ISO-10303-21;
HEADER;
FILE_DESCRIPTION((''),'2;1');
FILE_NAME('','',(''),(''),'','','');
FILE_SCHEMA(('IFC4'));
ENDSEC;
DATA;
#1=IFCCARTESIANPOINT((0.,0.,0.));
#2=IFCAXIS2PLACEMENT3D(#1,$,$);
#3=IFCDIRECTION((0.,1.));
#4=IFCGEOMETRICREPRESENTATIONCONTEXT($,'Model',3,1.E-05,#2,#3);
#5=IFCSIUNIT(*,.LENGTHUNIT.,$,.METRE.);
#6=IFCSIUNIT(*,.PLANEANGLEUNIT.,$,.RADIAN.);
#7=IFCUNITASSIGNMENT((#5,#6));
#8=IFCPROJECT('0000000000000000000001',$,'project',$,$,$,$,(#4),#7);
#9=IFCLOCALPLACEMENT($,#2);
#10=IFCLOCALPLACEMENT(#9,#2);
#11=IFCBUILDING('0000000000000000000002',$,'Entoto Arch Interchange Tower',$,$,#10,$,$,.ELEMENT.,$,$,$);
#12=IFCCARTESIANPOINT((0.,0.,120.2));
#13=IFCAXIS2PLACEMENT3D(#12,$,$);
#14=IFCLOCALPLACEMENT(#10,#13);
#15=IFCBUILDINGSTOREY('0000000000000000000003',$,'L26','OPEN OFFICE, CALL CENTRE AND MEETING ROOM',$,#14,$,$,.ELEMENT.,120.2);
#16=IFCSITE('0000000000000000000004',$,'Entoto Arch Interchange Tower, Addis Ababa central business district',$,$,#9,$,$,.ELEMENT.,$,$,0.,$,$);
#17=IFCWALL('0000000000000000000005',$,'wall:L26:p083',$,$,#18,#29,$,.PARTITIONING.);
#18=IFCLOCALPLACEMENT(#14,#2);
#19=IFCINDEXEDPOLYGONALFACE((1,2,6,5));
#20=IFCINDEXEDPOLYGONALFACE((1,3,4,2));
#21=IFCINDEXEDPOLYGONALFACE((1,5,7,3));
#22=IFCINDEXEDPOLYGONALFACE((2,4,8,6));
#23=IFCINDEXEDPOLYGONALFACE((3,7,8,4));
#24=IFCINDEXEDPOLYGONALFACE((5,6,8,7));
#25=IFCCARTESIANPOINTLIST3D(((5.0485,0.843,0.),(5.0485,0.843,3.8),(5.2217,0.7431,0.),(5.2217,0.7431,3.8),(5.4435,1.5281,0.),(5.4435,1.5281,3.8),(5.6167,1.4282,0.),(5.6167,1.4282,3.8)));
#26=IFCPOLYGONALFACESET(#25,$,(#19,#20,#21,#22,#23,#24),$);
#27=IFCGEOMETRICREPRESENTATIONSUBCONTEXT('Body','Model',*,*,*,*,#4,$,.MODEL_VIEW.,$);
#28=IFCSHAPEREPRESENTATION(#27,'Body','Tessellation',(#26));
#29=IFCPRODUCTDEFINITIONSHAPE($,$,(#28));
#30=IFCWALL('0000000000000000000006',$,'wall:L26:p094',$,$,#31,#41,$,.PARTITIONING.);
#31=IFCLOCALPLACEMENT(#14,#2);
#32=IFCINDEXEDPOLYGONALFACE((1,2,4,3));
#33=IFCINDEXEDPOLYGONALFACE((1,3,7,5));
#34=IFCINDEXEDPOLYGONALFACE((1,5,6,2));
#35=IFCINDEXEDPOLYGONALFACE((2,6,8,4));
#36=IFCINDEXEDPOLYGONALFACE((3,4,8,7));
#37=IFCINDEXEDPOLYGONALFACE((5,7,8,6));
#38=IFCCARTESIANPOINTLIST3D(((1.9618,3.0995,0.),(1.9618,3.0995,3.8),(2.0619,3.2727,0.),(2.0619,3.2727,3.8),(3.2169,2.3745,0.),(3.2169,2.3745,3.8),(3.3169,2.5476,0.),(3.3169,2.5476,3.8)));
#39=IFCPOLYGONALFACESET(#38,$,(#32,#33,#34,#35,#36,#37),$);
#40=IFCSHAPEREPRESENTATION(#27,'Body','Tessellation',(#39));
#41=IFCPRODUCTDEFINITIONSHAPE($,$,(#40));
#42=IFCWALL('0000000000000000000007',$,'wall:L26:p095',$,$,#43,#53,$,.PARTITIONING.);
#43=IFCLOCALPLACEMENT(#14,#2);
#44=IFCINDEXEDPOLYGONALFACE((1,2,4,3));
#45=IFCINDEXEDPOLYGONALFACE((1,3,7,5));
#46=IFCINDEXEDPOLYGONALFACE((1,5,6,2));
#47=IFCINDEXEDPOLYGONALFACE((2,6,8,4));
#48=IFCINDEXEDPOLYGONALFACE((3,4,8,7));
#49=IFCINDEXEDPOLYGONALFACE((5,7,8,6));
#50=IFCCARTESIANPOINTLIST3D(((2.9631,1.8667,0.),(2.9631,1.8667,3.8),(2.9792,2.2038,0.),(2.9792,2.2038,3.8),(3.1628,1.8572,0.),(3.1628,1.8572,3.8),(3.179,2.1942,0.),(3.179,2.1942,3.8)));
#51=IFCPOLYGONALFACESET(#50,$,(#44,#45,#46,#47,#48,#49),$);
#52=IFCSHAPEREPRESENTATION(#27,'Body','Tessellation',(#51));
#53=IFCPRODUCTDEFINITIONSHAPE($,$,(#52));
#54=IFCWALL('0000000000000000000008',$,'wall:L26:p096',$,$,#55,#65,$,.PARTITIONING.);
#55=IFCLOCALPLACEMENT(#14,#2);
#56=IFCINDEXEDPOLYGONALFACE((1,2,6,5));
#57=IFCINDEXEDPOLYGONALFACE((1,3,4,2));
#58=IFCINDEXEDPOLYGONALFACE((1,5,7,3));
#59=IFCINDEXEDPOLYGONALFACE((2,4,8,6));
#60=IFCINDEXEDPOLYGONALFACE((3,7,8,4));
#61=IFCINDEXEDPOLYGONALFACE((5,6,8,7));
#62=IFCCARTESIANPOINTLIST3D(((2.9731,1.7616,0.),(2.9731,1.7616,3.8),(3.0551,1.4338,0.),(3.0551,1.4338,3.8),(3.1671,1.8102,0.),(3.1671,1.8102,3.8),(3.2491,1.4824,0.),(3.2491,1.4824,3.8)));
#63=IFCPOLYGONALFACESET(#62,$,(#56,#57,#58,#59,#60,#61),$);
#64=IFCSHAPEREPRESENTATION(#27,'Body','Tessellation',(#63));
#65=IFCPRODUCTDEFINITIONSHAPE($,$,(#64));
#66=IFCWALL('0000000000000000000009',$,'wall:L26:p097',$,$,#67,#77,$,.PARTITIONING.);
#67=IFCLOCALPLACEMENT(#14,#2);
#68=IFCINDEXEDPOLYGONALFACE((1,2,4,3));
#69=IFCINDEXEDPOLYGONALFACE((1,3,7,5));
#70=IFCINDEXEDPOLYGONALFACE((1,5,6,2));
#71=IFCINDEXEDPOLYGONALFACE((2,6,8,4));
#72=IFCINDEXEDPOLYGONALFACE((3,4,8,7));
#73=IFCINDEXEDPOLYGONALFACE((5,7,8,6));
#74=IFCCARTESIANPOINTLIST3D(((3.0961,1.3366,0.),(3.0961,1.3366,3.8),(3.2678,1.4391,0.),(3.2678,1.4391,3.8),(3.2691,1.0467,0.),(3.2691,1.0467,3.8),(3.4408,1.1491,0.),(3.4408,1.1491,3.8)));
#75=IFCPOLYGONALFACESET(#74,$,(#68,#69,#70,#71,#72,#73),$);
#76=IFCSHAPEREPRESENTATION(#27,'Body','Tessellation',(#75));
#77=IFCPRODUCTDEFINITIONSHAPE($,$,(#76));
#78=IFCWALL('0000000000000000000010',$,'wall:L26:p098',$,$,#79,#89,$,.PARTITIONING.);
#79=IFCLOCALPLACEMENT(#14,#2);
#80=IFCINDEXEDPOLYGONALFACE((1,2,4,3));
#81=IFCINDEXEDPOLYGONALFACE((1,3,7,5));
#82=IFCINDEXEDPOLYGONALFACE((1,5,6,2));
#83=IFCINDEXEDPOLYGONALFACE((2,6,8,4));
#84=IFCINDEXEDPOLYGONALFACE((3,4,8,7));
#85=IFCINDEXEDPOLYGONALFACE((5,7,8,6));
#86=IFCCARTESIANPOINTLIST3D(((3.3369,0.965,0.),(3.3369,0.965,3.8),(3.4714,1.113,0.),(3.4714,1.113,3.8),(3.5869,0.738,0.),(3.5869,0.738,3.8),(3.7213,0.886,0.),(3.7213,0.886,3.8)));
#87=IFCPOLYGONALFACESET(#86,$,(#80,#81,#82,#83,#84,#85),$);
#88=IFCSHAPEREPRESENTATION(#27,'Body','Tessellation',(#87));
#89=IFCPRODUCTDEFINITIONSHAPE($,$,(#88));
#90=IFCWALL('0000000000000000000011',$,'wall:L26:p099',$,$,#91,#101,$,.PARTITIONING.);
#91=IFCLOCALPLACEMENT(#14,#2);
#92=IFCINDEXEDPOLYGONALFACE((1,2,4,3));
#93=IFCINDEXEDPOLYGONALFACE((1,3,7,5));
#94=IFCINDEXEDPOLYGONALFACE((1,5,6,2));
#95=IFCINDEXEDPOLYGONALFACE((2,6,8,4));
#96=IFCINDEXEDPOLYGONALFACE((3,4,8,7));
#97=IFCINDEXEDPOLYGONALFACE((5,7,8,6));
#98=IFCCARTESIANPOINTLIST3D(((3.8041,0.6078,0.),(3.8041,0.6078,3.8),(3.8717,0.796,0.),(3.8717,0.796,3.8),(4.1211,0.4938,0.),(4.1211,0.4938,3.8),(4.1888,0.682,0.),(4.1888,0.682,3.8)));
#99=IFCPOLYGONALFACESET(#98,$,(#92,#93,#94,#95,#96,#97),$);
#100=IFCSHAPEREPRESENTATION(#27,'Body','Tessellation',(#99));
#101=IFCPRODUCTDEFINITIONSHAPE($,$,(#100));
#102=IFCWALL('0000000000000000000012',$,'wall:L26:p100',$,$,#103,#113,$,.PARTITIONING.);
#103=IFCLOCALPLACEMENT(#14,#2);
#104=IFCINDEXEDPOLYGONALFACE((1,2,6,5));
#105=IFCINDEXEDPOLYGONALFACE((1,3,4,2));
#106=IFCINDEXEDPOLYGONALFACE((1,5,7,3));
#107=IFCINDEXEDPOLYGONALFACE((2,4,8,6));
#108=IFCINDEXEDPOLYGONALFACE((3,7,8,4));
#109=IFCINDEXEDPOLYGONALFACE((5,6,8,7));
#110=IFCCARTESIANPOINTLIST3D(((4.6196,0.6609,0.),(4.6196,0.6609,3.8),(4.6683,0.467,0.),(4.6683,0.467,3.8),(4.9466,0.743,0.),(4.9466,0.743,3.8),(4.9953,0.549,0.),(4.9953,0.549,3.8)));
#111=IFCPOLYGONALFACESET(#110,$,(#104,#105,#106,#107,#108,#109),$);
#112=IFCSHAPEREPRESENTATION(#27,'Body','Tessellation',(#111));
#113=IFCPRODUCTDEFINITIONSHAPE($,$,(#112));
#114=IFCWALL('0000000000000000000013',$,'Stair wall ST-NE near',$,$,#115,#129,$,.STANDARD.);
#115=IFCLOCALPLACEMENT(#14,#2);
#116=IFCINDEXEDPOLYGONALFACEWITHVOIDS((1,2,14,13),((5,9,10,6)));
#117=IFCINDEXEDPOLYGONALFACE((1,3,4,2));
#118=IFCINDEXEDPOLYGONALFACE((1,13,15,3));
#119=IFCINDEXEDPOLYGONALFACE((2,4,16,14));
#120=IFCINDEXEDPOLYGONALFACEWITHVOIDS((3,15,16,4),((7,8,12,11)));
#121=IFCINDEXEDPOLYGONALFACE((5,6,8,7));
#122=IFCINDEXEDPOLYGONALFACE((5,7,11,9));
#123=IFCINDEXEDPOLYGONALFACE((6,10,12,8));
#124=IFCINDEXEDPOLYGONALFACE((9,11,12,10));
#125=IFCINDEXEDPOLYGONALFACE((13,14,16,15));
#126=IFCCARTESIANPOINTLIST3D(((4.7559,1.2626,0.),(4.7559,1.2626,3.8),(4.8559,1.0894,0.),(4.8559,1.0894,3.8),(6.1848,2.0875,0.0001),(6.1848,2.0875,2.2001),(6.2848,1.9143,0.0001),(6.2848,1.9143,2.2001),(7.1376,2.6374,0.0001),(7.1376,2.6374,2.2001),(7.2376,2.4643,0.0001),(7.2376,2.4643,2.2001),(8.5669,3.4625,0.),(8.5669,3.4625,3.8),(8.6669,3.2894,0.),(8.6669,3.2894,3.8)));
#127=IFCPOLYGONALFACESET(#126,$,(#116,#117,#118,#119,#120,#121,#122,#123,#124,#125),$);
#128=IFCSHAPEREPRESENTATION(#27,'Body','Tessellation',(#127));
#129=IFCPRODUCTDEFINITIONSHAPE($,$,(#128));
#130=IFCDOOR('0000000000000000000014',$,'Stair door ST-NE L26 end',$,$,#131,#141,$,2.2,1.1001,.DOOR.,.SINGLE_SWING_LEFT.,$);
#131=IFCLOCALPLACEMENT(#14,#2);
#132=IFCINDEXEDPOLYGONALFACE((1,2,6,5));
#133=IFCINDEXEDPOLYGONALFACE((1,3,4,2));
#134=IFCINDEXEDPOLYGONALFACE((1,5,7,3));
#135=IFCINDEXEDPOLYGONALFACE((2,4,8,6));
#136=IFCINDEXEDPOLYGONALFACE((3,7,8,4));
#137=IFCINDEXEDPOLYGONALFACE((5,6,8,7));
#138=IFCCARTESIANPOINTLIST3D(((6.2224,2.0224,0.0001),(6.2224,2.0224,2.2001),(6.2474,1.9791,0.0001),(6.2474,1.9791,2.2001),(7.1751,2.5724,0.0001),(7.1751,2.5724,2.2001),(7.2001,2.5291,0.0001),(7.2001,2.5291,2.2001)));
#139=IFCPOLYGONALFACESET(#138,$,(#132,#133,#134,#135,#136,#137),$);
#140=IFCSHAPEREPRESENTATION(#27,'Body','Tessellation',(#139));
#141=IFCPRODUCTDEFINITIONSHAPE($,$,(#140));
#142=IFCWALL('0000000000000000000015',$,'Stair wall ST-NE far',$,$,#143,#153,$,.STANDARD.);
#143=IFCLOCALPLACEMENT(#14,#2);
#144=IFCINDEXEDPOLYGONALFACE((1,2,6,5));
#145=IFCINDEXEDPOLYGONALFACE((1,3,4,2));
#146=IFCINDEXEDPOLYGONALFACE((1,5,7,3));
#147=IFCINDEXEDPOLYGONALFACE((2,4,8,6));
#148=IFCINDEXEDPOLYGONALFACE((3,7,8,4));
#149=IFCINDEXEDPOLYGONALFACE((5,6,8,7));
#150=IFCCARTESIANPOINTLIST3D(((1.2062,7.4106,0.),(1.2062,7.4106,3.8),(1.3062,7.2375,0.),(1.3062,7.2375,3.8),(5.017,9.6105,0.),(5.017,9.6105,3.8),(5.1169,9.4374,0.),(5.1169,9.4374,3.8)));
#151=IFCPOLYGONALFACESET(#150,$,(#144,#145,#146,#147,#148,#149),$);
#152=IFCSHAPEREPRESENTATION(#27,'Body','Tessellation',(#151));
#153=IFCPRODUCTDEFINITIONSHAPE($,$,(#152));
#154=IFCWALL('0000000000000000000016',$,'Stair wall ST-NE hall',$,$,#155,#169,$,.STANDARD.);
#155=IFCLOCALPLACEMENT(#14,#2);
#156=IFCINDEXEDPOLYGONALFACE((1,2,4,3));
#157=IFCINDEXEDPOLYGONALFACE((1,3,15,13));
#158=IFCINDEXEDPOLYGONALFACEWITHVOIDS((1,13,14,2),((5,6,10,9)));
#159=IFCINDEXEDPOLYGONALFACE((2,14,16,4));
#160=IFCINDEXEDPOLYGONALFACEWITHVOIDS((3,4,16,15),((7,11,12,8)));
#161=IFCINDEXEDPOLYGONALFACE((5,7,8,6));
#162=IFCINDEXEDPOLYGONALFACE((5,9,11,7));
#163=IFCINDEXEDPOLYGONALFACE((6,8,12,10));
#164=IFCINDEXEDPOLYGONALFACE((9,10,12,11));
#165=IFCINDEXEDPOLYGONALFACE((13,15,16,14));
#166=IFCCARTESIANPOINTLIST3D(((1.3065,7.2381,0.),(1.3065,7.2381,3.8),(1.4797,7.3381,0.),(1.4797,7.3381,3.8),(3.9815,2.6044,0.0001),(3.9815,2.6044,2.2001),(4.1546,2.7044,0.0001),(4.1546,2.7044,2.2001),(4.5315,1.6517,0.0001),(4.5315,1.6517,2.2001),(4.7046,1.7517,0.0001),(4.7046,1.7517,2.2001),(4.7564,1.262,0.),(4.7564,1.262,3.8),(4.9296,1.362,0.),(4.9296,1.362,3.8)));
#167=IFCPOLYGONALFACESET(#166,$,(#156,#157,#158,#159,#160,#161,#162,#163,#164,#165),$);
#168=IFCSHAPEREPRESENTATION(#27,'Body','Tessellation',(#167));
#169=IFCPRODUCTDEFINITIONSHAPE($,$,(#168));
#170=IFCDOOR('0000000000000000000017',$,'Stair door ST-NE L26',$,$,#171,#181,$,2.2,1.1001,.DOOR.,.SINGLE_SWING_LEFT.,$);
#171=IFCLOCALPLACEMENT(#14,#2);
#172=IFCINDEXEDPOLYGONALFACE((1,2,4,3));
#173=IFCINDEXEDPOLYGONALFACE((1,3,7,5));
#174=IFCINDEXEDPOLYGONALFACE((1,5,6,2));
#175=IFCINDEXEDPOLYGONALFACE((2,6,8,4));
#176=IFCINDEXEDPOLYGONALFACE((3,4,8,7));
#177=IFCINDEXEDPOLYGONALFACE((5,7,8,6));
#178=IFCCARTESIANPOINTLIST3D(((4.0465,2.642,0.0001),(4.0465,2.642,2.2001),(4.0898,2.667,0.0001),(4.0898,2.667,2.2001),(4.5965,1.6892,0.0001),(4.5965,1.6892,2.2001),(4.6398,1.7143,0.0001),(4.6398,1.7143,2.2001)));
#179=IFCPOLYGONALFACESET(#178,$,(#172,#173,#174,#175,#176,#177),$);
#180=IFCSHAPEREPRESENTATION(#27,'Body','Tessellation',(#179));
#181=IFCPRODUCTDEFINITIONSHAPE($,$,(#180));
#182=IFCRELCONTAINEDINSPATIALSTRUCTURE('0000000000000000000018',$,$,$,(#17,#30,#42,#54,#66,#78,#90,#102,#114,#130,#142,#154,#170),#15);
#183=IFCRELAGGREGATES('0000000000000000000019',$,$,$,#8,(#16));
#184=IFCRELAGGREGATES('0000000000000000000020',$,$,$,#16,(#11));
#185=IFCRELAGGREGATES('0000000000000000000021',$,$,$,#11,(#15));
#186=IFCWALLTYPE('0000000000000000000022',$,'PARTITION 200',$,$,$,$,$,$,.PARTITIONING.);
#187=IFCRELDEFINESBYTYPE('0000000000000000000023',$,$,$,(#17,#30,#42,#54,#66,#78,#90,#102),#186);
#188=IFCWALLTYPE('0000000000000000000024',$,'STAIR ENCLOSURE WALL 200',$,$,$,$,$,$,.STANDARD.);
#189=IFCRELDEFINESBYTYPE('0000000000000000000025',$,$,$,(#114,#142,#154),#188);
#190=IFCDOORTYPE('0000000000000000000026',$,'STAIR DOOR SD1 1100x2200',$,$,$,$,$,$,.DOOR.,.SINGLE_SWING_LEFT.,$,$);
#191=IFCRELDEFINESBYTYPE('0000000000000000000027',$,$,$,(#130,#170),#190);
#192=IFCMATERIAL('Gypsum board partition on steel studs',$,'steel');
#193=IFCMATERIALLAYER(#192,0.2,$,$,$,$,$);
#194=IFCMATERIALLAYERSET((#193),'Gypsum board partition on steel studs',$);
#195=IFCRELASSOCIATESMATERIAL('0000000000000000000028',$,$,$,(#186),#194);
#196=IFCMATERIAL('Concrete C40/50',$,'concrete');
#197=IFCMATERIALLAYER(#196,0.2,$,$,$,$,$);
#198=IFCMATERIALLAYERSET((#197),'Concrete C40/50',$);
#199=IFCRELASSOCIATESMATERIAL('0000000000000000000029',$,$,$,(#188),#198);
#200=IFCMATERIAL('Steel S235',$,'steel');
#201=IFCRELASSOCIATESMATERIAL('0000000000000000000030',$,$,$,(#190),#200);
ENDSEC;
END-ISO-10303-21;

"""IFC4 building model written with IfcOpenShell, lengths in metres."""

from ifc_helpers import new_model, si_unit, direction, frame, frame_2d, origin, place, context, subcontext, project, spatial, rectangle, extrude, material, layer, layer_set, type_object, element, fill, save


model = new_model("IFC4")

# Units and contexts
model_context = context("Model", 3, precision=1e-05, world=origin(), true_north=direction((0.0, 1.0)))
body_context = subcontext(model_context, "Body", "Model", "MODEL_VIEW")
ifc_project = project(units=[si_unit("LENGTHUNIT", "METRE"), si_unit("PLANEANGLEUNIT", "RADIAN")], contexts=[model_context])

# Site, building, storey
site_placement = place(None, origin())
site = spatial("IfcSite", under=ifc_project, at=site_placement, Name="Entoto Arch Interchange Tower, Addis Ababa central business district", CompositionType="ELEMENT", RefElevation=0.0)
building_placement = place(site_placement, origin())
building = spatial("IfcBuilding", under=site, at=building_placement, Name="Entoto Arch Interchange Tower", CompositionType="ELEMENT")
storey_placement = place(building_placement, frame((0.0, 0.0, 120.2)))
storey = spatial("IfcBuildingStorey", under=building, at=storey_placement, Name="L26", Description="OPEN OFFICE, CALL CENTRE AND MEETING ROOM", CompositionType="ELEMENT", Elevation=120.2)

# Shared definitions
ifc_material_1 = material(Name="Concrete C40/50", Category="concrete")

# Walls
ifc_material_2 = material(Name="Gypsum board partition on steel studs", Category="steel")
ifc_layer_1 = layer(ifc_material_2, 0.2)
ifc_layer_set_1 = layer_set([ifc_layer_1], Name="Gypsum board partition on steel studs")
wall_type_1 = type_object("IfcWallType", Name="PARTITION 200", PredefinedType="PARTITIONING", material=ifc_layer_set_1)
wall_1_placement = place(storey_placement, frame((5.135, 0.793, 0.0), z_axis=(0.0, 0.0, 1.0), x_axis=(0.499526, 0.866299, 0.0)))
element("IfcWall", 1, at=wall_1_placement, inside=storey, type_object=wall_type_1, Name="wall:L26:p083", PredefinedType="PARTITIONING", context=body_context, shape_type="SweptSolid", body=[
    extrude(rectangle(XDim=0.7908, YDim=0.2, at=frame_2d((0.3955, 0.0))), origin(), (0.0, 0.0, 1.0), 3.8),
])
wall_2_placement = place(storey_placement, frame((2.012, 3.186, 0.0), z_axis=(0.0, 0.0, 1.0), x_axis=(0.865891, -0.500233, 0.0)))
element("IfcWall", 2, at=wall_2_placement, inside=storey, type_object=wall_type_1, Name="wall:L26:p094", PredefinedType="PARTITIONING", context=body_context, shape_type="SweptSolid", body=[
    extrude(rectangle(XDim=1.4495, YDim=0.2, at=frame_2d((0.7246, 0.0))), origin(), (0.0, 0.0, 1.0), 3.8),
])
wall_3_placement = place(storey_placement, frame((3.0791, 2.199, 0.0), z_axis=(0.0, 0.0, 1.0), x_axis=(-0.047771, -0.998858, 0.0)))
element("IfcWall", 3, at=wall_3_placement, inside=storey, type_object=wall_type_1, Name="wall:L26:p095", PredefinedType="PARTITIONING", context=body_context, shape_type="SweptSolid", body=[
    extrude(rectangle(XDim=0.3374, YDim=0.2, at=frame_2d((0.1687, 0.0))), origin(), (0.0, 0.0, 1.0), 3.8),
])
wall_4_placement = place(storey_placement, frame((3.0701, 1.7859, 0.0), z_axis=(0.0, 0.0, 1.0), x_axis=(0.242706, -0.9701, 0.0)))
element("IfcWall", 4, at=wall_4_placement, inside=storey, type_object=wall_type_1, Name="wall:L26:p096", PredefinedType="PARTITIONING", context=body_context, shape_type="SweptSolid", body=[
    extrude(rectangle(XDim=0.3379, YDim=0.2, at=frame_2d((0.1689, 0.0))), origin(), (0.0, 0.0, 1.0), 3.8),
])
for number, where, z_axis, x_axis, name in (
    (5, (3.1819, 1.3879, 0.0), (0.0, 0.0, 1.0), (0.512475, -0.858702, 0.0), "wall:L26:p097"),
    (6, (3.4041, 1.0391, 0.0), (0.0, 0.0, 1.0), (0.740267, -0.672313, 0.0), "wall:L26:p098"),
):
    element("IfcWall", number, at=place(storey_placement, frame(where, z_axis=z_axis, x_axis=x_axis)), inside=storey, type_object=wall_type_1, Name=name, PredefinedType="PARTITIONING", context=body_context, shape_type="SweptSolid", body=[
        extrude(rectangle(XDim=0.3376, YDim=0.2, at=frame_2d((0.1689, 0.0))), origin(), (0.0, 0.0, 1.0), 3.8),
    ])
wall_5_placement = place(storey_placement, frame((3.8379, 0.7019, 0.0), z_axis=(0.0, 0.0, 1.0), x_axis=(0.941035, -0.338309, 0.0)))
element("IfcWall", 7, at=wall_5_placement, inside=storey, type_object=wall_type_1, Name="wall:L26:p099", PredefinedType="PARTITIONING", context=body_context, shape_type="SweptSolid", body=[
    extrude(rectangle(XDim=0.3369, YDim=0.2, at=frame_2d((0.1685, 0.0))), origin(), (0.0, 0.0, 1.0), 3.8),
])
wall_6_placement = place(storey_placement, frame((4.644, 0.564, 0.0), z_axis=(0.0, 0.0, 1.0), x_axis=(0.969929, 0.243388, 0.0)))
element("IfcWall", 8, at=wall_6_placement, inside=storey, type_object=wall_type_1, Name="wall:L26:p100", PredefinedType="PARTITIONING", context=body_context, shape_type="SweptSolid", body=[
    extrude(rectangle(XDim=0.3372, YDim=0.2, at=frame_2d((0.1685, 0.0))), origin(), (0.0, 0.0, 1.0), 3.8),
])

# Wall, opening, door
ifc_layer_2 = layer(ifc_material_1, 0.2)
ifc_layer_set_2 = layer_set([ifc_layer_2], Name="Concrete C40/50")
wall_type_2 = type_object("IfcWallType", Name="STAIR ENCLOSURE WALL 200", PredefinedType="STANDARD", material=ifc_layer_set_2)
wall_7_placement = place(storey_placement, frame((4.8059, 1.176, 0.0), z_axis=(0.0, 0.0, 1.0), x_axis=(0.86606, 0.49994, 0.0)))
wall_7 = element("IfcWall", 9, at=wall_7_placement, inside=storey, type_object=wall_type_2, Name="Stair wall ST-NE near", PredefinedType="STANDARD", context=body_context, shape_type="SweptSolid", body=[
    extrude(rectangle(XDim=4.4004, YDim=0.2, at=frame_2d((2.2002, 0.0))), origin(), (0.0, 0.0, 1.0), 3.8),
])
opening_1_placement = place(wall_7_placement, frame((1.6499, 0.0, 0.0)))
opening_1 = element("IfcOpeningElement", 10, at=opening_1_placement, cuts=wall_7, PredefinedType="OPENING", context=body_context, shape_type="SweptSolid", body=[
    extrude(rectangle(XDim=1.1001, YDim=2.2, at=frame_2d((0.55, 1.1001))), frame((0.0, 0.1099, 0.0), z_axis=(0.0, -1.0, 0.0), x_axis=(1.0, 0.0, 0.0)), (0.0, 0.0, 1.0), 0.22),
])
ifc_material_3 = material(Name="Steel S235", Category="steel")
door_type = type_object("IfcDoorType", Name="STAIR DOOR SD1 1100x2200", OperationType="SINGLE_SWING_LEFT", PredefinedType="DOOR", material=ifc_material_3)
door_1_placement = place(opening_1_placement, origin())
door_1 = element("IfcDoor", 11, at=door_1_placement, inside=storey, type_object=door_type, Name="Stair door ST-NE L26 end", OperationType="SINGLE_SWING_LEFT", OverallHeight=2.2, OverallWidth=1.1001, PredefinedType="DOOR", context=body_context, shape_type="SweptSolid", body=[
    extrude(rectangle(XDim=1.1001, YDim=2.2, at=frame_2d((0.55, 1.1001))), frame((0.0, 0.0249, 0.0), z_axis=(0.0, -1.0, 0.0), x_axis=(1.0, 0.0, 0.0)), (0.0, 0.0, 1.0), 0.05),
])
fill(opening_1, door_1)

# Wall
wall_8_placement = place(storey_placement, frame((1.2561, 7.324, 0.0), z_axis=(0.0, 0.0, 1.0), x_axis=(0.866046, 0.499964, 0.0)))
element("IfcWall", 12, at=wall_8_placement, inside=storey, type_object=wall_type_2, Name="Stair wall ST-NE far", PredefinedType="STANDARD", context=body_context, shape_type="SweptSolid", body=[
    extrude(rectangle(XDim=4.4001, YDim=0.2, at=frame_2d((2.2002, 0.0))), origin(), (0.0, 0.0, 1.0), 3.8),
])

# Wall, opening, door
wall_9_placement = place(storey_placement, frame((4.843, 1.312, 0.0), z_axis=(0.0, 0.0, 1.0), x_axis=(-0.499963, 0.866047, 0.0)))
wall_9 = element("IfcWall", 13, at=wall_9_placement, inside=storey, type_object=wall_type_2, Name="Stair wall ST-NE hall", PredefinedType="STANDARD", context=body_context, shape_type="SweptSolid", body=[
    extrude(rectangle(XDim=6.9004, YDim=0.2, at=frame_2d((3.4502, 0.0))), origin(), (0.0, 0.0, 1.0), 3.8),
])
opening_2_placement = place(wall_9_placement, frame((0.45, 0.0, 0.0)))
opening_2 = element("IfcOpeningElement", 14, at=opening_2_placement, cuts=wall_9, PredefinedType="OPENING", context=body_context, shape_type="SweptSolid", body=[
    extrude(rectangle(XDim=1.1001, YDim=2.2, at=frame_2d((0.55, 1.1001))), frame((0.0, 0.1099, 0.0), z_axis=(0.0, -1.0, 0.0), x_axis=(1.0, 0.0, 0.0)), (0.0, 0.0, 1.0), 0.22),
])
door_2_placement = place(opening_2_placement, origin())
door_2 = element("IfcDoor", 15, at=door_2_placement, inside=storey, type_object=door_type, Name="Stair door ST-NE L26", OperationType="SINGLE_SWING_LEFT", OverallHeight=2.2, OverallWidth=1.1001, PredefinedType="DOOR", context=body_context, shape_type="SweptSolid", body=[
    extrude(rectangle(XDim=1.1001, YDim=2.2, at=frame_2d((0.55, 1.1001))), frame((0.0, 0.0249, 0.0), z_axis=(0.0, -1.0, 0.0), x_axis=(1.0, 0.0, 0.0)), (0.0, 0.0, 1.0), 0.05),
])
fill(opening_2, door_2)

save(model, "model.ifc")
